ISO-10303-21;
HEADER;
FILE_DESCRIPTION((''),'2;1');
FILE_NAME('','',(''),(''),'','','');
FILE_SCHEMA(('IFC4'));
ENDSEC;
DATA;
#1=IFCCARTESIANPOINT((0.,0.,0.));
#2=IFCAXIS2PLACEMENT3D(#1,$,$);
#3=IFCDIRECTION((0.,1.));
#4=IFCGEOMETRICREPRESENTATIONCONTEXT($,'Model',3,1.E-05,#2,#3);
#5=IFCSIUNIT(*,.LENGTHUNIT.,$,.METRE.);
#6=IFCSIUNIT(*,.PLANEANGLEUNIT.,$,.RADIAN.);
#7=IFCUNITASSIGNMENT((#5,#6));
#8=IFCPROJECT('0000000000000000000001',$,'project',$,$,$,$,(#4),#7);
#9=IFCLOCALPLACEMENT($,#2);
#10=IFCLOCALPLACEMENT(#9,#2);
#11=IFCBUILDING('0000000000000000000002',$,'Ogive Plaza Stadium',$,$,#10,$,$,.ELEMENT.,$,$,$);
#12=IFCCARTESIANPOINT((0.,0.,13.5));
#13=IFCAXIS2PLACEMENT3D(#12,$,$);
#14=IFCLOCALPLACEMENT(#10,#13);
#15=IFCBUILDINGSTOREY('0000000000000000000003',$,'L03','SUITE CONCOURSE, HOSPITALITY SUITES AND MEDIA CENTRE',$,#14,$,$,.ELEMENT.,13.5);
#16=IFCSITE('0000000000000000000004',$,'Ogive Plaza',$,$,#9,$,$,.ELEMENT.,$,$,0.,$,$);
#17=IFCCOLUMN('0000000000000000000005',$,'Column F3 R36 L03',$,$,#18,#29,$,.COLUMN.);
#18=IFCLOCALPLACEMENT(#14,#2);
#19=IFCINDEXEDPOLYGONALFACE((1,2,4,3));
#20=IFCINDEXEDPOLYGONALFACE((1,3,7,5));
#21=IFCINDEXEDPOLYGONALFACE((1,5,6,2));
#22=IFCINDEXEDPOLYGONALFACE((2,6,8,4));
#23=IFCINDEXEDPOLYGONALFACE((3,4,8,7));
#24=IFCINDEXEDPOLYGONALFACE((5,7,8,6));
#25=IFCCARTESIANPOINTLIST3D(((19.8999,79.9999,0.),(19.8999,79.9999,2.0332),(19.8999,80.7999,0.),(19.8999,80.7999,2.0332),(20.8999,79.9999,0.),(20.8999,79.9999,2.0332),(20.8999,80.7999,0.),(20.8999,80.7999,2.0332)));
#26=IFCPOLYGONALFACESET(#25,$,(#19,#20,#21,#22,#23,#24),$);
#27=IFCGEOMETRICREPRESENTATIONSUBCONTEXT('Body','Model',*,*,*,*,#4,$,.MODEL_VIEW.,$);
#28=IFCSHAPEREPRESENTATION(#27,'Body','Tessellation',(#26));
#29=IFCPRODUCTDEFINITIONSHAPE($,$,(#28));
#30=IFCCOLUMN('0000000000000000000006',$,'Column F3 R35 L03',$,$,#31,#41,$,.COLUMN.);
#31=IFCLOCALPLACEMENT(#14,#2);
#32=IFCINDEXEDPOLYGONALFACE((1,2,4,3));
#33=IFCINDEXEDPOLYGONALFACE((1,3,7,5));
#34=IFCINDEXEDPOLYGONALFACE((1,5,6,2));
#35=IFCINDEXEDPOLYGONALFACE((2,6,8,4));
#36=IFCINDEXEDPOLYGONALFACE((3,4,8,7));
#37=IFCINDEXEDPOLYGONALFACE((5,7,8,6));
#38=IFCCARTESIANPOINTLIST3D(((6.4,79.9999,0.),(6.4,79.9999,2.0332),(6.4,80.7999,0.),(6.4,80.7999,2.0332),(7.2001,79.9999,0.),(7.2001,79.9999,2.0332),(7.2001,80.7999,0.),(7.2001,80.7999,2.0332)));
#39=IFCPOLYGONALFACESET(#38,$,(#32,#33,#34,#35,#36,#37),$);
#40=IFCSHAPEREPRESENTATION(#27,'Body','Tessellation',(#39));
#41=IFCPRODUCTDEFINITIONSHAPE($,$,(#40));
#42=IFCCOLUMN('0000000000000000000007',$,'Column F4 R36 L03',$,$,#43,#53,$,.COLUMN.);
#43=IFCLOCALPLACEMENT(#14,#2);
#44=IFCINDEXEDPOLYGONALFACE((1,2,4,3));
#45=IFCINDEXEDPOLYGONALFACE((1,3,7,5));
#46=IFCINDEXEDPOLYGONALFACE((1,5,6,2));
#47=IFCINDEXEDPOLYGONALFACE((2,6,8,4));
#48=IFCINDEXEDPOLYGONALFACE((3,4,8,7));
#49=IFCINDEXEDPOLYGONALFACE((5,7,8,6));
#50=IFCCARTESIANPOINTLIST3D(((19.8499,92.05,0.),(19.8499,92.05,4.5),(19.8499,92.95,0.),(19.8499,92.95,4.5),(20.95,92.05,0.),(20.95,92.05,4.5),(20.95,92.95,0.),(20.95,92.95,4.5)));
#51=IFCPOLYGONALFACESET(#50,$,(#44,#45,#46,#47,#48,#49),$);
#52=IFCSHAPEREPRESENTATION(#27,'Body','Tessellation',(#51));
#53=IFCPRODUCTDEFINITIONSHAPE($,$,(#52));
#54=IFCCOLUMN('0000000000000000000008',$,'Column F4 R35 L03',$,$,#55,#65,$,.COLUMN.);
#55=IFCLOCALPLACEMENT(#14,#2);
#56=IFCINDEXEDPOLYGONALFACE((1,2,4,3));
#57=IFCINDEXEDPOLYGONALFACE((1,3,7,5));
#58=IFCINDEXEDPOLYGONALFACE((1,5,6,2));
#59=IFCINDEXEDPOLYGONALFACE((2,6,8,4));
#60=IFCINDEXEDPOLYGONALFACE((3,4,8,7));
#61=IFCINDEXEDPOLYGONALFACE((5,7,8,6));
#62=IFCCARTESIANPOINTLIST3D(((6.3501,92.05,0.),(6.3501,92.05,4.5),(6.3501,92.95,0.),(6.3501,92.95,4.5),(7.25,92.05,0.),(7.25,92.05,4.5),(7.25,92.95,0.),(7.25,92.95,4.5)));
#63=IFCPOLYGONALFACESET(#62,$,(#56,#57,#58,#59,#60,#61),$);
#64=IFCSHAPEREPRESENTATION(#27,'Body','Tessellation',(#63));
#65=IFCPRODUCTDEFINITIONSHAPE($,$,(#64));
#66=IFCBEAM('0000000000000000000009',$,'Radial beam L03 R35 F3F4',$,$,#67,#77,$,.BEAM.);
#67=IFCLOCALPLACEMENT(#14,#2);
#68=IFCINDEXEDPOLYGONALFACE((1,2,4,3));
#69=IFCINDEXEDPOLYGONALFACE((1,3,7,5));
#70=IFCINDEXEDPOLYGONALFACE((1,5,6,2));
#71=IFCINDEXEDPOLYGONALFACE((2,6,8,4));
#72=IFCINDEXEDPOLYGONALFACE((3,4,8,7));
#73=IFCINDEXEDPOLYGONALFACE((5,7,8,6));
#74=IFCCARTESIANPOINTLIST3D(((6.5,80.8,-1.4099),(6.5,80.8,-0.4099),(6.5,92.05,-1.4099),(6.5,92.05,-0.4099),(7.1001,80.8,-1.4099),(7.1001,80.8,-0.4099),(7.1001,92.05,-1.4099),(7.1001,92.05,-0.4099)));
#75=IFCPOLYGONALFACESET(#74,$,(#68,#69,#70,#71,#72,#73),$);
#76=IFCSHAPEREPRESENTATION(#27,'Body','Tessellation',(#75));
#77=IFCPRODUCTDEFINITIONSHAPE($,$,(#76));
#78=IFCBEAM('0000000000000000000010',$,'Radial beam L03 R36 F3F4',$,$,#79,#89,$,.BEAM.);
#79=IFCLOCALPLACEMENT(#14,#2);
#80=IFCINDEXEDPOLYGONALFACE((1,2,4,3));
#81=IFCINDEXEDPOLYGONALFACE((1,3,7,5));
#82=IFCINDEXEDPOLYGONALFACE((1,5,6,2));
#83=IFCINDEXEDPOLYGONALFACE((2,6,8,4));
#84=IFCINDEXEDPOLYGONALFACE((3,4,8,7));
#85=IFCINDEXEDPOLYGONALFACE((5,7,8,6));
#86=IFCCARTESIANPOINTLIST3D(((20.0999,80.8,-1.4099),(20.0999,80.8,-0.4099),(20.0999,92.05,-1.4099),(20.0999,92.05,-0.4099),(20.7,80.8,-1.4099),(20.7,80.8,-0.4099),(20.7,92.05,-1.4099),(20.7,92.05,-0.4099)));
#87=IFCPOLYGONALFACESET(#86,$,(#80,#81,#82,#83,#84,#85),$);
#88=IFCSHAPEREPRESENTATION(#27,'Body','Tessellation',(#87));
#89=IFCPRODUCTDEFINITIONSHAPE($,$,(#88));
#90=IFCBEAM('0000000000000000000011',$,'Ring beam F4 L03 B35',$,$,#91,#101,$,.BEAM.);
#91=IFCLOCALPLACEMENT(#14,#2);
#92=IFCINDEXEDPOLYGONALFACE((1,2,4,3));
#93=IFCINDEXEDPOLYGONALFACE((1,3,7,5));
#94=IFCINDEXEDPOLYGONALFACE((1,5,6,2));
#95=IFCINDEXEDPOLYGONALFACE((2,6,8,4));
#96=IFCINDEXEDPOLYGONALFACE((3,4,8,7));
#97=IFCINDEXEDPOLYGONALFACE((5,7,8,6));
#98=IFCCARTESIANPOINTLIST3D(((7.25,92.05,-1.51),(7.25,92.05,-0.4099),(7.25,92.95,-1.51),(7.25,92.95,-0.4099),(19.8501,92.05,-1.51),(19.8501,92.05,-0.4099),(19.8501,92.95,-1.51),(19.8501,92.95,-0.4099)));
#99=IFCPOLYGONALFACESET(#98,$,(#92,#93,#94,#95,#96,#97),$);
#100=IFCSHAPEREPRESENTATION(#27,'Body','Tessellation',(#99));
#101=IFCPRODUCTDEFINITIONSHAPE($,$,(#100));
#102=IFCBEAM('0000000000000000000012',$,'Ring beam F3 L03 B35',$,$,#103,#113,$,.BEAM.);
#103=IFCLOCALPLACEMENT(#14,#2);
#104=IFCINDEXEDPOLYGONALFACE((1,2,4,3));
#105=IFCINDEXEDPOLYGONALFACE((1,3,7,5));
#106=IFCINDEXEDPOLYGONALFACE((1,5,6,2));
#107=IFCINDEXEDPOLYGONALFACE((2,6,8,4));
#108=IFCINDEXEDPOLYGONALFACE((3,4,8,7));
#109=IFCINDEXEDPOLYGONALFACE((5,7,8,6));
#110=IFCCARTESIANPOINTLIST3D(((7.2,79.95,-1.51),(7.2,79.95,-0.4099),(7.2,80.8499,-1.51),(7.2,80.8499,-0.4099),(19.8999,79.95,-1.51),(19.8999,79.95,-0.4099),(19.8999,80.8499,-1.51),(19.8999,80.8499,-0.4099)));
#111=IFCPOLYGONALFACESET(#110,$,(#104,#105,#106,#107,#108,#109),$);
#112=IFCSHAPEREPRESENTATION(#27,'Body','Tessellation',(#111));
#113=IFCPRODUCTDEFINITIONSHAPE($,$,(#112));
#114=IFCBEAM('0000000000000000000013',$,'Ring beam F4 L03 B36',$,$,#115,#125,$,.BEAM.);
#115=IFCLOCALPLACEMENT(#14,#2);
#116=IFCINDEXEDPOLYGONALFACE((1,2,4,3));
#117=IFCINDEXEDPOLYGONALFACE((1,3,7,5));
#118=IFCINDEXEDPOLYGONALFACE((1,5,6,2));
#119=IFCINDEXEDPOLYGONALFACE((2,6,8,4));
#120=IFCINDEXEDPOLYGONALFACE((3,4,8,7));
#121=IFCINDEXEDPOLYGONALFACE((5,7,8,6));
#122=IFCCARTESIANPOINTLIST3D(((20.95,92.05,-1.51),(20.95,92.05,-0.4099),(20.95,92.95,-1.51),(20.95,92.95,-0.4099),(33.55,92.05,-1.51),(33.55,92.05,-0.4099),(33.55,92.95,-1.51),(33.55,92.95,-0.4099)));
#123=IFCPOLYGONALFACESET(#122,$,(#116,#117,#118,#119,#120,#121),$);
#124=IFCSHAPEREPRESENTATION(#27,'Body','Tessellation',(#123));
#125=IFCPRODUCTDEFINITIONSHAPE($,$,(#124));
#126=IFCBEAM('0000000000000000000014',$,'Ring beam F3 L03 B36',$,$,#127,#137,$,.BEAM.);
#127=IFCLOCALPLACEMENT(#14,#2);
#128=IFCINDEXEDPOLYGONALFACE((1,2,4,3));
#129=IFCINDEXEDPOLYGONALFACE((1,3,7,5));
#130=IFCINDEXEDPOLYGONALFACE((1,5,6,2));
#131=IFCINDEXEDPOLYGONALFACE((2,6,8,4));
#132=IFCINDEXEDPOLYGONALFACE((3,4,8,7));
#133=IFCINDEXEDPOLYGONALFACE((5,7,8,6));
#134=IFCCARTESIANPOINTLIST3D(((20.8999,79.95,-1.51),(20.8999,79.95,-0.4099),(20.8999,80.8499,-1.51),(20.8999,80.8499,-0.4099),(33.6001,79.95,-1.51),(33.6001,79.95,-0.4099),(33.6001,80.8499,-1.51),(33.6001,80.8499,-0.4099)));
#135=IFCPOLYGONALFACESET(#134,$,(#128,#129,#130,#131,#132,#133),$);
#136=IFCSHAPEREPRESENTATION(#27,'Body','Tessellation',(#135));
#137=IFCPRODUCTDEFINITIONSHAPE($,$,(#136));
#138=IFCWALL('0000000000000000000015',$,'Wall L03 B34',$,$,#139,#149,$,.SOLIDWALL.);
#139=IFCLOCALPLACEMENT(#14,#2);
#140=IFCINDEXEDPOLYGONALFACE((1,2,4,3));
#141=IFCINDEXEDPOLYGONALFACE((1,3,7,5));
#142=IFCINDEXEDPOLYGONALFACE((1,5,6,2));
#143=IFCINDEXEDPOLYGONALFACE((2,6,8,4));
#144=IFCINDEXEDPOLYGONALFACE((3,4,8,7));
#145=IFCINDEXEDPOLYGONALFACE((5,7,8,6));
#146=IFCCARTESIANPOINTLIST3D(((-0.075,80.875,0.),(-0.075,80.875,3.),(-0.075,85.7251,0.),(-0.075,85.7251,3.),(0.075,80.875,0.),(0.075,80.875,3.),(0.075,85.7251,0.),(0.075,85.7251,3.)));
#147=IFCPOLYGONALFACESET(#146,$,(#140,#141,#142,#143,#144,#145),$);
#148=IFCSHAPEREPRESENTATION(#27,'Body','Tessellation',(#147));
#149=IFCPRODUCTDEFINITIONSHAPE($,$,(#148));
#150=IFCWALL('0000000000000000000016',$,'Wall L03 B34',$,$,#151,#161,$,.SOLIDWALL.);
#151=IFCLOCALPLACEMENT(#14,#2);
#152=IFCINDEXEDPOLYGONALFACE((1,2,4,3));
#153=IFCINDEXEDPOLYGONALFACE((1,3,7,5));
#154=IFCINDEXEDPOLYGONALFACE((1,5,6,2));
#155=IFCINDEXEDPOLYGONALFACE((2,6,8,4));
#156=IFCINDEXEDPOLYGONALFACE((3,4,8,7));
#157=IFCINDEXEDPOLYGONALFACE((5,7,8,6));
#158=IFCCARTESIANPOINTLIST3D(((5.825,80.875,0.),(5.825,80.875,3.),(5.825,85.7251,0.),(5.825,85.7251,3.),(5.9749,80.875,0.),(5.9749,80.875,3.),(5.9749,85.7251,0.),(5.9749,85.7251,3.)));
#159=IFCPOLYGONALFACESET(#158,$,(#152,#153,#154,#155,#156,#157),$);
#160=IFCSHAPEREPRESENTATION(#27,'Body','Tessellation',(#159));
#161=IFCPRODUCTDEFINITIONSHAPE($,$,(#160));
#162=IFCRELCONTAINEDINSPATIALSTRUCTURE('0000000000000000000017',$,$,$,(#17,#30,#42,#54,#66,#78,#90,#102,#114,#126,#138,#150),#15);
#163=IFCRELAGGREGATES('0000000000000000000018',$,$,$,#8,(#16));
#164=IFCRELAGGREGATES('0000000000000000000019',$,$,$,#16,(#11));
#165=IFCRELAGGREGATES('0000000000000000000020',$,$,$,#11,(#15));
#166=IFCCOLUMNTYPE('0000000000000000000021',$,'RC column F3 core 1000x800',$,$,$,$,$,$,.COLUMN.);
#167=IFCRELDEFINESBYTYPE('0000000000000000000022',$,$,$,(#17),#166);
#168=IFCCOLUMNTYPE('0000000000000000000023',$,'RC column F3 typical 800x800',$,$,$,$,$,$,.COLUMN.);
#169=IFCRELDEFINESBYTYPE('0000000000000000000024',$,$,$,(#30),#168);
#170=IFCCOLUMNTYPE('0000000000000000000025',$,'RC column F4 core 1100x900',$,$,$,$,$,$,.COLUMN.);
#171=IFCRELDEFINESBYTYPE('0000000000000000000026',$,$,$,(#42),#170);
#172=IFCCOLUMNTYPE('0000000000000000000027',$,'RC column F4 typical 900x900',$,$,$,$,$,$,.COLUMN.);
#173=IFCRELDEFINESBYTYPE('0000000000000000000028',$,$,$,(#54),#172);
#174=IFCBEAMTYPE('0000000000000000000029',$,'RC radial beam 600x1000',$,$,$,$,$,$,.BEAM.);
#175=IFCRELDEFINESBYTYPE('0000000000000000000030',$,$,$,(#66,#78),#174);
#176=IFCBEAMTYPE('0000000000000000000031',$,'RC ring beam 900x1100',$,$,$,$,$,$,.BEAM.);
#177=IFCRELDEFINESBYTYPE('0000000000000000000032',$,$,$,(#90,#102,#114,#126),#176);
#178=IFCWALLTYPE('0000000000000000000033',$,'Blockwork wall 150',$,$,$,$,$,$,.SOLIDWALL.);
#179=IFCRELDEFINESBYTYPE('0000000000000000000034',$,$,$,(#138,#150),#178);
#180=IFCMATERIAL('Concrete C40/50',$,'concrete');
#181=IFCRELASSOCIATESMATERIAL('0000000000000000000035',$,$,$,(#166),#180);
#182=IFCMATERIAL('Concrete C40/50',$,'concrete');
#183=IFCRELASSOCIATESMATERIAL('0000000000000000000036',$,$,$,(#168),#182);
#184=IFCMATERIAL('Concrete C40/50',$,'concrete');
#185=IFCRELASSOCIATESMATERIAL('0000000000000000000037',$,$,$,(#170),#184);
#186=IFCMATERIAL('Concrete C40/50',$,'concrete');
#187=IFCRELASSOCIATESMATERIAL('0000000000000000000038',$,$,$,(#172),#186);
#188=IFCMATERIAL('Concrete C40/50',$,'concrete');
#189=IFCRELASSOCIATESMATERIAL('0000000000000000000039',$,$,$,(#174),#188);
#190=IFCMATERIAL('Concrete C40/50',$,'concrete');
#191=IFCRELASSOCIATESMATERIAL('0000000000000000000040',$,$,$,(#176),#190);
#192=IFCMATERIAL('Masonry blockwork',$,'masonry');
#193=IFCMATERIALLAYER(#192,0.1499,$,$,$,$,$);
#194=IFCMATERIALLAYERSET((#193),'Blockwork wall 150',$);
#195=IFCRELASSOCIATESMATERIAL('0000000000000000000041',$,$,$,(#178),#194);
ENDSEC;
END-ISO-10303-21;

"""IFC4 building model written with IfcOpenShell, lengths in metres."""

from ifc_helpers import new_model, si_unit, direction, frame, frame_2d, origin, origin_2d, place, context, subcontext, project, spatial, rectangle, extrude, material, layer, layer_set, material_profile, profile_set, type_object, element, save


model = new_model("IFC4")

# Units and contexts
model_context = context("Model", 3, precision=1e-05, world=origin(), true_north=direction((0.0, 1.0)))
body_context = subcontext(model_context, "Body", "Model", "MODEL_VIEW")
ifc_project = project(units=[si_unit("LENGTHUNIT", "METRE"), si_unit("PLANEANGLEUNIT", "RADIAN")], contexts=[model_context])

# Site, building, storey
site_placement = place(None, origin())
site = spatial("IfcSite", under=ifc_project, at=site_placement, Name="Ogive Plaza", CompositionType="ELEMENT", RefElevation=0.0)
building_placement = place(site_placement, origin())
building = spatial("IfcBuilding", under=site, at=building_placement, Name="Ogive Plaza Stadium", CompositionType="ELEMENT")
storey_placement = place(building_placement, frame((0.0, 0.0, 13.5)))
storey = spatial("IfcBuildingStorey", under=building, at=storey_placement, Name="L03", Description="SUITE CONCOURSE, HOSPITALITY SUITES AND MEDIA CENTRE", CompositionType="ELEMENT", Elevation=13.5)

# Columns
ifc_material_1 = material(Name="Concrete C40/50", Category="concrete")
ifc_material_profile_1 = material_profile(ifc_material_1, rectangle(XDim=1.0, YDim=0.8, at=origin_2d()), Name="RC 1000x800")
ifc_profile_set_1 = profile_set([ifc_material_profile_1], Name="Concrete C40/50")
column_type_1 = type_object("IfcColumnType", Name="RC column F3 core 1000x800", PredefinedType="COLUMN", material=ifc_profile_set_1)
column_1_placement = place(storey_placement, frame((20.3999, 80.3999, 0.0), z_axis=(0.0, 0.0, 1.0), x_axis=(-1.0, 0.0, 0.0)))
element("IfcColumn", 1, at=column_1_placement, inside=storey, type_object=column_type_1, Name="Column F3 R36 L03", PredefinedType="COLUMN", context=body_context, shape_type="SweptSolid", body=[
    extrude(rectangle(XDim=1.0, YDim=0.8, at=origin_2d()), origin(), (0.0, 0.0, 1.0), 2.0332),
])
ifc_material_2 = material(Name="Concrete C40/50", Category="concrete")
ifc_material_profile_2 = material_profile(ifc_material_2, rectangle(XDim=0.8, YDim=0.8, at=origin_2d()), Name="RC 800x800")
ifc_profile_set_2 = profile_set([ifc_material_profile_2], Name="Concrete C40/50")
column_type_2 = type_object("IfcColumnType", Name="RC column F3 typical 800x800", PredefinedType="COLUMN", material=ifc_profile_set_2)
column_2_placement = place(storey_placement, frame((6.8, 80.3999, 0.0), z_axis=(0.0, 0.0, 1.0), x_axis=(-1.0, 0.0, 0.0)))
element("IfcColumn", 2, at=column_2_placement, inside=storey, type_object=column_type_2, Name="Column F3 R35 L03", PredefinedType="COLUMN", context=body_context, shape_type="SweptSolid", body=[
    extrude(rectangle(XDim=0.8, YDim=0.8, at=origin_2d()), origin(), (0.0, 0.0, 1.0), 2.0332),
])
ifc_material_3 = material(Name="Concrete C40/50", Category="concrete")
ifc_material_profile_3 = material_profile(ifc_material_3, rectangle(XDim=1.1001, YDim=0.8999, at=origin_2d()), Name="RC 1100x900")
ifc_profile_set_3 = profile_set([ifc_material_profile_3], Name="Concrete C40/50")
column_type_3 = type_object("IfcColumnType", Name="RC column F4 core 1100x900", PredefinedType="COLUMN", material=ifc_profile_set_3)
column_3_placement = place(storey_placement, frame((20.3999, 92.5, 0.0), z_axis=(0.0, 0.0, 1.0), x_axis=(-1.0, 0.0, 0.0)))
element("IfcColumn", 3, at=column_3_placement, inside=storey, type_object=column_type_3, Name="Column F4 R36 L03", PredefinedType="COLUMN", context=body_context, shape_type="SweptSolid", body=[
    extrude(rectangle(XDim=1.1001, YDim=0.8999, at=origin_2d()), origin(), (0.0, 0.0, 1.0), 4.5),
])
ifc_material_4 = material(Name="Concrete C40/50", Category="concrete")
ifc_material_profile_4 = material_profile(ifc_material_4, rectangle(XDim=0.8999, YDim=0.8999, at=origin_2d()), Name="RC 900x900")
ifc_profile_set_4 = profile_set([ifc_material_profile_4], Name="Concrete C40/50")
column_type_4 = type_object("IfcColumnType", Name="RC column F4 typical 900x900", PredefinedType="COLUMN", material=ifc_profile_set_4)
column_4_placement = place(storey_placement, frame((6.8, 92.5, 0.0), z_axis=(0.0, 0.0, 1.0), x_axis=(-1.0, 0.0, 0.0)))
element("IfcColumn", 4, at=column_4_placement, inside=storey, type_object=column_type_4, Name="Column F4 R35 L03", PredefinedType="COLUMN", context=body_context, shape_type="SweptSolid", body=[
    extrude(rectangle(XDim=0.8999, YDim=0.8999, at=origin_2d()), origin(), (0.0, 0.0, 1.0), 4.5),
])

# Beams
ifc_material_5 = material(Name="Concrete C40/50", Category="concrete")
ifc_material_profile_5 = material_profile(ifc_material_5, rectangle(XDim=0.6001, YDim=1.0, at=origin_2d()), Name="RC 600x1000")
ifc_profile_set_5 = profile_set([ifc_material_profile_5], Name="Concrete C40/50")
beam_type_1 = type_object("IfcBeamType", Name="RC radial beam 600x1000", PredefinedType="BEAM", material=ifc_profile_set_5)
for number, where, z_axis, x_axis, name in (
    (5, (6.8, 80.8, -0.9099), (0.0, 1.0, 0.0), (-1.0, 0.0, 0.0), "Radial beam L03 R35 F3F4"),
    (6, (20.3999, 80.8, -0.9099), (0.0, 1.0, 0.0), (-1.0, 0.0, 0.0), "Radial beam L03 R36 F3F4"),
):
    element("IfcBeam", number, at=place(storey_placement, frame(where, z_axis=z_axis, x_axis=x_axis)), inside=storey, type_object=beam_type_1, Name=name, PredefinedType="BEAM", context=body_context, shape_type="SweptSolid", body=[
        extrude(rectangle(XDim=0.6001, YDim=1.0, at=origin_2d()), origin(), (0.0, 0.0, 1.0), 11.25),
    ])
ifc_material_6 = material(Name="Concrete C40/50", Category="concrete")
ifc_material_profile_6 = material_profile(ifc_material_6, rectangle(XDim=0.8999, YDim=1.1001, at=origin_2d()), Name="RC 900x1100")
ifc_profile_set_6 = profile_set([ifc_material_profile_6], Name="Concrete C40/50")
beam_type_2 = type_object("IfcBeamType", Name="RC ring beam 900x1100", PredefinedType="BEAM", material=ifc_profile_set_6)
beam_1_placement = place(storey_placement, frame((7.25, 92.5, -0.96), z_axis=(1.0, 0.0, 0.0), x_axis=(0.0, 1.0, 0.0)))
element("IfcBeam", 7, at=beam_1_placement, inside=storey, type_object=beam_type_2, Name="Ring beam F4 L03 B35", PredefinedType="BEAM", context=body_context, shape_type="SweptSolid", body=[
    extrude(rectangle(XDim=0.8999, YDim=1.1001, at=origin_2d()), origin(), (0.0, 0.0, 1.0), 12.6001),
])
beam_2_placement = place(storey_placement, frame((7.2, 80.3999, -0.96), z_axis=(1.0, 0.0, 0.0), x_axis=(0.0, 1.0, 0.0)))
element("IfcBeam", 8, at=beam_2_placement, inside=storey, type_object=beam_type_2, Name="Ring beam F3 L03 B35", PredefinedType="BEAM", context=body_context, shape_type="SweptSolid", body=[
    extrude(rectangle(XDim=0.8999, YDim=1.1001, at=origin_2d()), origin(), (0.0, 0.0, 1.0), 12.7),
])
beam_3_placement = place(storey_placement, frame((20.95, 92.5, -0.96), z_axis=(1.0, 0.0, 0.0), x_axis=(0.0, 1.0, 0.0)))
element("IfcBeam", 9, at=beam_3_placement, inside=storey, type_object=beam_type_2, Name="Ring beam F4 L03 B36", PredefinedType="BEAM", context=body_context, shape_type="SweptSolid", body=[
    extrude(rectangle(XDim=0.8999, YDim=1.1001, at=origin_2d()), origin(), (0.0, 0.0, 1.0), 12.6001),
])
beam_4_placement = place(storey_placement, frame((20.8999, 80.3999, -0.96), z_axis=(1.0, 0.0, 0.0), x_axis=(0.0, 1.0, 0.0)))
element("IfcBeam", 10, at=beam_4_placement, inside=storey, type_object=beam_type_2, Name="Ring beam F3 L03 B36", PredefinedType="BEAM", context=body_context, shape_type="SweptSolid", body=[
    extrude(rectangle(XDim=0.8999, YDim=1.1001, at=origin_2d()), origin(), (0.0, 0.0, 1.0), 12.7002),
])

# Walls
ifc_material_7 = material(Name="Masonry blockwork", Category="masonry")
ifc_layer_1 = layer(ifc_material_7, 0.1499)
ifc_layer_set_1 = layer_set([ifc_layer_1], Name="Blockwork wall 150")
wall_type_1 = type_object("IfcWallType", Name="Blockwork wall 150", PredefinedType="SOLIDWALL", material=ifc_layer_set_1)
for number, where, z_axis, x_axis, name in (
    (11, (0.0, 80.875, 0.0), (0.0, 0.0, 1.0), (0.0, 1.0, 0.0), "Wall L03 B34"),
    (12, (5.8999, 80.875, 0.0), (0.0, 0.0, 1.0), (0.0, 1.0, 0.0), "Wall L03 B34"),
):
    element("IfcWall", number, at=place(storey_placement, frame(where, z_axis=z_axis, x_axis=x_axis)), inside=storey, type_object=wall_type_1, Name=name, PredefinedType="SOLIDWALL", context=body_context, shape_type="SweptSolid", body=[
        extrude(rectangle(XDim=4.8501, YDim=0.1499, at=frame_2d((2.425, 0.0))), origin(), (0.0, 0.0, 1.0), 3.0),
    ])

save(model, "model.ifc")
